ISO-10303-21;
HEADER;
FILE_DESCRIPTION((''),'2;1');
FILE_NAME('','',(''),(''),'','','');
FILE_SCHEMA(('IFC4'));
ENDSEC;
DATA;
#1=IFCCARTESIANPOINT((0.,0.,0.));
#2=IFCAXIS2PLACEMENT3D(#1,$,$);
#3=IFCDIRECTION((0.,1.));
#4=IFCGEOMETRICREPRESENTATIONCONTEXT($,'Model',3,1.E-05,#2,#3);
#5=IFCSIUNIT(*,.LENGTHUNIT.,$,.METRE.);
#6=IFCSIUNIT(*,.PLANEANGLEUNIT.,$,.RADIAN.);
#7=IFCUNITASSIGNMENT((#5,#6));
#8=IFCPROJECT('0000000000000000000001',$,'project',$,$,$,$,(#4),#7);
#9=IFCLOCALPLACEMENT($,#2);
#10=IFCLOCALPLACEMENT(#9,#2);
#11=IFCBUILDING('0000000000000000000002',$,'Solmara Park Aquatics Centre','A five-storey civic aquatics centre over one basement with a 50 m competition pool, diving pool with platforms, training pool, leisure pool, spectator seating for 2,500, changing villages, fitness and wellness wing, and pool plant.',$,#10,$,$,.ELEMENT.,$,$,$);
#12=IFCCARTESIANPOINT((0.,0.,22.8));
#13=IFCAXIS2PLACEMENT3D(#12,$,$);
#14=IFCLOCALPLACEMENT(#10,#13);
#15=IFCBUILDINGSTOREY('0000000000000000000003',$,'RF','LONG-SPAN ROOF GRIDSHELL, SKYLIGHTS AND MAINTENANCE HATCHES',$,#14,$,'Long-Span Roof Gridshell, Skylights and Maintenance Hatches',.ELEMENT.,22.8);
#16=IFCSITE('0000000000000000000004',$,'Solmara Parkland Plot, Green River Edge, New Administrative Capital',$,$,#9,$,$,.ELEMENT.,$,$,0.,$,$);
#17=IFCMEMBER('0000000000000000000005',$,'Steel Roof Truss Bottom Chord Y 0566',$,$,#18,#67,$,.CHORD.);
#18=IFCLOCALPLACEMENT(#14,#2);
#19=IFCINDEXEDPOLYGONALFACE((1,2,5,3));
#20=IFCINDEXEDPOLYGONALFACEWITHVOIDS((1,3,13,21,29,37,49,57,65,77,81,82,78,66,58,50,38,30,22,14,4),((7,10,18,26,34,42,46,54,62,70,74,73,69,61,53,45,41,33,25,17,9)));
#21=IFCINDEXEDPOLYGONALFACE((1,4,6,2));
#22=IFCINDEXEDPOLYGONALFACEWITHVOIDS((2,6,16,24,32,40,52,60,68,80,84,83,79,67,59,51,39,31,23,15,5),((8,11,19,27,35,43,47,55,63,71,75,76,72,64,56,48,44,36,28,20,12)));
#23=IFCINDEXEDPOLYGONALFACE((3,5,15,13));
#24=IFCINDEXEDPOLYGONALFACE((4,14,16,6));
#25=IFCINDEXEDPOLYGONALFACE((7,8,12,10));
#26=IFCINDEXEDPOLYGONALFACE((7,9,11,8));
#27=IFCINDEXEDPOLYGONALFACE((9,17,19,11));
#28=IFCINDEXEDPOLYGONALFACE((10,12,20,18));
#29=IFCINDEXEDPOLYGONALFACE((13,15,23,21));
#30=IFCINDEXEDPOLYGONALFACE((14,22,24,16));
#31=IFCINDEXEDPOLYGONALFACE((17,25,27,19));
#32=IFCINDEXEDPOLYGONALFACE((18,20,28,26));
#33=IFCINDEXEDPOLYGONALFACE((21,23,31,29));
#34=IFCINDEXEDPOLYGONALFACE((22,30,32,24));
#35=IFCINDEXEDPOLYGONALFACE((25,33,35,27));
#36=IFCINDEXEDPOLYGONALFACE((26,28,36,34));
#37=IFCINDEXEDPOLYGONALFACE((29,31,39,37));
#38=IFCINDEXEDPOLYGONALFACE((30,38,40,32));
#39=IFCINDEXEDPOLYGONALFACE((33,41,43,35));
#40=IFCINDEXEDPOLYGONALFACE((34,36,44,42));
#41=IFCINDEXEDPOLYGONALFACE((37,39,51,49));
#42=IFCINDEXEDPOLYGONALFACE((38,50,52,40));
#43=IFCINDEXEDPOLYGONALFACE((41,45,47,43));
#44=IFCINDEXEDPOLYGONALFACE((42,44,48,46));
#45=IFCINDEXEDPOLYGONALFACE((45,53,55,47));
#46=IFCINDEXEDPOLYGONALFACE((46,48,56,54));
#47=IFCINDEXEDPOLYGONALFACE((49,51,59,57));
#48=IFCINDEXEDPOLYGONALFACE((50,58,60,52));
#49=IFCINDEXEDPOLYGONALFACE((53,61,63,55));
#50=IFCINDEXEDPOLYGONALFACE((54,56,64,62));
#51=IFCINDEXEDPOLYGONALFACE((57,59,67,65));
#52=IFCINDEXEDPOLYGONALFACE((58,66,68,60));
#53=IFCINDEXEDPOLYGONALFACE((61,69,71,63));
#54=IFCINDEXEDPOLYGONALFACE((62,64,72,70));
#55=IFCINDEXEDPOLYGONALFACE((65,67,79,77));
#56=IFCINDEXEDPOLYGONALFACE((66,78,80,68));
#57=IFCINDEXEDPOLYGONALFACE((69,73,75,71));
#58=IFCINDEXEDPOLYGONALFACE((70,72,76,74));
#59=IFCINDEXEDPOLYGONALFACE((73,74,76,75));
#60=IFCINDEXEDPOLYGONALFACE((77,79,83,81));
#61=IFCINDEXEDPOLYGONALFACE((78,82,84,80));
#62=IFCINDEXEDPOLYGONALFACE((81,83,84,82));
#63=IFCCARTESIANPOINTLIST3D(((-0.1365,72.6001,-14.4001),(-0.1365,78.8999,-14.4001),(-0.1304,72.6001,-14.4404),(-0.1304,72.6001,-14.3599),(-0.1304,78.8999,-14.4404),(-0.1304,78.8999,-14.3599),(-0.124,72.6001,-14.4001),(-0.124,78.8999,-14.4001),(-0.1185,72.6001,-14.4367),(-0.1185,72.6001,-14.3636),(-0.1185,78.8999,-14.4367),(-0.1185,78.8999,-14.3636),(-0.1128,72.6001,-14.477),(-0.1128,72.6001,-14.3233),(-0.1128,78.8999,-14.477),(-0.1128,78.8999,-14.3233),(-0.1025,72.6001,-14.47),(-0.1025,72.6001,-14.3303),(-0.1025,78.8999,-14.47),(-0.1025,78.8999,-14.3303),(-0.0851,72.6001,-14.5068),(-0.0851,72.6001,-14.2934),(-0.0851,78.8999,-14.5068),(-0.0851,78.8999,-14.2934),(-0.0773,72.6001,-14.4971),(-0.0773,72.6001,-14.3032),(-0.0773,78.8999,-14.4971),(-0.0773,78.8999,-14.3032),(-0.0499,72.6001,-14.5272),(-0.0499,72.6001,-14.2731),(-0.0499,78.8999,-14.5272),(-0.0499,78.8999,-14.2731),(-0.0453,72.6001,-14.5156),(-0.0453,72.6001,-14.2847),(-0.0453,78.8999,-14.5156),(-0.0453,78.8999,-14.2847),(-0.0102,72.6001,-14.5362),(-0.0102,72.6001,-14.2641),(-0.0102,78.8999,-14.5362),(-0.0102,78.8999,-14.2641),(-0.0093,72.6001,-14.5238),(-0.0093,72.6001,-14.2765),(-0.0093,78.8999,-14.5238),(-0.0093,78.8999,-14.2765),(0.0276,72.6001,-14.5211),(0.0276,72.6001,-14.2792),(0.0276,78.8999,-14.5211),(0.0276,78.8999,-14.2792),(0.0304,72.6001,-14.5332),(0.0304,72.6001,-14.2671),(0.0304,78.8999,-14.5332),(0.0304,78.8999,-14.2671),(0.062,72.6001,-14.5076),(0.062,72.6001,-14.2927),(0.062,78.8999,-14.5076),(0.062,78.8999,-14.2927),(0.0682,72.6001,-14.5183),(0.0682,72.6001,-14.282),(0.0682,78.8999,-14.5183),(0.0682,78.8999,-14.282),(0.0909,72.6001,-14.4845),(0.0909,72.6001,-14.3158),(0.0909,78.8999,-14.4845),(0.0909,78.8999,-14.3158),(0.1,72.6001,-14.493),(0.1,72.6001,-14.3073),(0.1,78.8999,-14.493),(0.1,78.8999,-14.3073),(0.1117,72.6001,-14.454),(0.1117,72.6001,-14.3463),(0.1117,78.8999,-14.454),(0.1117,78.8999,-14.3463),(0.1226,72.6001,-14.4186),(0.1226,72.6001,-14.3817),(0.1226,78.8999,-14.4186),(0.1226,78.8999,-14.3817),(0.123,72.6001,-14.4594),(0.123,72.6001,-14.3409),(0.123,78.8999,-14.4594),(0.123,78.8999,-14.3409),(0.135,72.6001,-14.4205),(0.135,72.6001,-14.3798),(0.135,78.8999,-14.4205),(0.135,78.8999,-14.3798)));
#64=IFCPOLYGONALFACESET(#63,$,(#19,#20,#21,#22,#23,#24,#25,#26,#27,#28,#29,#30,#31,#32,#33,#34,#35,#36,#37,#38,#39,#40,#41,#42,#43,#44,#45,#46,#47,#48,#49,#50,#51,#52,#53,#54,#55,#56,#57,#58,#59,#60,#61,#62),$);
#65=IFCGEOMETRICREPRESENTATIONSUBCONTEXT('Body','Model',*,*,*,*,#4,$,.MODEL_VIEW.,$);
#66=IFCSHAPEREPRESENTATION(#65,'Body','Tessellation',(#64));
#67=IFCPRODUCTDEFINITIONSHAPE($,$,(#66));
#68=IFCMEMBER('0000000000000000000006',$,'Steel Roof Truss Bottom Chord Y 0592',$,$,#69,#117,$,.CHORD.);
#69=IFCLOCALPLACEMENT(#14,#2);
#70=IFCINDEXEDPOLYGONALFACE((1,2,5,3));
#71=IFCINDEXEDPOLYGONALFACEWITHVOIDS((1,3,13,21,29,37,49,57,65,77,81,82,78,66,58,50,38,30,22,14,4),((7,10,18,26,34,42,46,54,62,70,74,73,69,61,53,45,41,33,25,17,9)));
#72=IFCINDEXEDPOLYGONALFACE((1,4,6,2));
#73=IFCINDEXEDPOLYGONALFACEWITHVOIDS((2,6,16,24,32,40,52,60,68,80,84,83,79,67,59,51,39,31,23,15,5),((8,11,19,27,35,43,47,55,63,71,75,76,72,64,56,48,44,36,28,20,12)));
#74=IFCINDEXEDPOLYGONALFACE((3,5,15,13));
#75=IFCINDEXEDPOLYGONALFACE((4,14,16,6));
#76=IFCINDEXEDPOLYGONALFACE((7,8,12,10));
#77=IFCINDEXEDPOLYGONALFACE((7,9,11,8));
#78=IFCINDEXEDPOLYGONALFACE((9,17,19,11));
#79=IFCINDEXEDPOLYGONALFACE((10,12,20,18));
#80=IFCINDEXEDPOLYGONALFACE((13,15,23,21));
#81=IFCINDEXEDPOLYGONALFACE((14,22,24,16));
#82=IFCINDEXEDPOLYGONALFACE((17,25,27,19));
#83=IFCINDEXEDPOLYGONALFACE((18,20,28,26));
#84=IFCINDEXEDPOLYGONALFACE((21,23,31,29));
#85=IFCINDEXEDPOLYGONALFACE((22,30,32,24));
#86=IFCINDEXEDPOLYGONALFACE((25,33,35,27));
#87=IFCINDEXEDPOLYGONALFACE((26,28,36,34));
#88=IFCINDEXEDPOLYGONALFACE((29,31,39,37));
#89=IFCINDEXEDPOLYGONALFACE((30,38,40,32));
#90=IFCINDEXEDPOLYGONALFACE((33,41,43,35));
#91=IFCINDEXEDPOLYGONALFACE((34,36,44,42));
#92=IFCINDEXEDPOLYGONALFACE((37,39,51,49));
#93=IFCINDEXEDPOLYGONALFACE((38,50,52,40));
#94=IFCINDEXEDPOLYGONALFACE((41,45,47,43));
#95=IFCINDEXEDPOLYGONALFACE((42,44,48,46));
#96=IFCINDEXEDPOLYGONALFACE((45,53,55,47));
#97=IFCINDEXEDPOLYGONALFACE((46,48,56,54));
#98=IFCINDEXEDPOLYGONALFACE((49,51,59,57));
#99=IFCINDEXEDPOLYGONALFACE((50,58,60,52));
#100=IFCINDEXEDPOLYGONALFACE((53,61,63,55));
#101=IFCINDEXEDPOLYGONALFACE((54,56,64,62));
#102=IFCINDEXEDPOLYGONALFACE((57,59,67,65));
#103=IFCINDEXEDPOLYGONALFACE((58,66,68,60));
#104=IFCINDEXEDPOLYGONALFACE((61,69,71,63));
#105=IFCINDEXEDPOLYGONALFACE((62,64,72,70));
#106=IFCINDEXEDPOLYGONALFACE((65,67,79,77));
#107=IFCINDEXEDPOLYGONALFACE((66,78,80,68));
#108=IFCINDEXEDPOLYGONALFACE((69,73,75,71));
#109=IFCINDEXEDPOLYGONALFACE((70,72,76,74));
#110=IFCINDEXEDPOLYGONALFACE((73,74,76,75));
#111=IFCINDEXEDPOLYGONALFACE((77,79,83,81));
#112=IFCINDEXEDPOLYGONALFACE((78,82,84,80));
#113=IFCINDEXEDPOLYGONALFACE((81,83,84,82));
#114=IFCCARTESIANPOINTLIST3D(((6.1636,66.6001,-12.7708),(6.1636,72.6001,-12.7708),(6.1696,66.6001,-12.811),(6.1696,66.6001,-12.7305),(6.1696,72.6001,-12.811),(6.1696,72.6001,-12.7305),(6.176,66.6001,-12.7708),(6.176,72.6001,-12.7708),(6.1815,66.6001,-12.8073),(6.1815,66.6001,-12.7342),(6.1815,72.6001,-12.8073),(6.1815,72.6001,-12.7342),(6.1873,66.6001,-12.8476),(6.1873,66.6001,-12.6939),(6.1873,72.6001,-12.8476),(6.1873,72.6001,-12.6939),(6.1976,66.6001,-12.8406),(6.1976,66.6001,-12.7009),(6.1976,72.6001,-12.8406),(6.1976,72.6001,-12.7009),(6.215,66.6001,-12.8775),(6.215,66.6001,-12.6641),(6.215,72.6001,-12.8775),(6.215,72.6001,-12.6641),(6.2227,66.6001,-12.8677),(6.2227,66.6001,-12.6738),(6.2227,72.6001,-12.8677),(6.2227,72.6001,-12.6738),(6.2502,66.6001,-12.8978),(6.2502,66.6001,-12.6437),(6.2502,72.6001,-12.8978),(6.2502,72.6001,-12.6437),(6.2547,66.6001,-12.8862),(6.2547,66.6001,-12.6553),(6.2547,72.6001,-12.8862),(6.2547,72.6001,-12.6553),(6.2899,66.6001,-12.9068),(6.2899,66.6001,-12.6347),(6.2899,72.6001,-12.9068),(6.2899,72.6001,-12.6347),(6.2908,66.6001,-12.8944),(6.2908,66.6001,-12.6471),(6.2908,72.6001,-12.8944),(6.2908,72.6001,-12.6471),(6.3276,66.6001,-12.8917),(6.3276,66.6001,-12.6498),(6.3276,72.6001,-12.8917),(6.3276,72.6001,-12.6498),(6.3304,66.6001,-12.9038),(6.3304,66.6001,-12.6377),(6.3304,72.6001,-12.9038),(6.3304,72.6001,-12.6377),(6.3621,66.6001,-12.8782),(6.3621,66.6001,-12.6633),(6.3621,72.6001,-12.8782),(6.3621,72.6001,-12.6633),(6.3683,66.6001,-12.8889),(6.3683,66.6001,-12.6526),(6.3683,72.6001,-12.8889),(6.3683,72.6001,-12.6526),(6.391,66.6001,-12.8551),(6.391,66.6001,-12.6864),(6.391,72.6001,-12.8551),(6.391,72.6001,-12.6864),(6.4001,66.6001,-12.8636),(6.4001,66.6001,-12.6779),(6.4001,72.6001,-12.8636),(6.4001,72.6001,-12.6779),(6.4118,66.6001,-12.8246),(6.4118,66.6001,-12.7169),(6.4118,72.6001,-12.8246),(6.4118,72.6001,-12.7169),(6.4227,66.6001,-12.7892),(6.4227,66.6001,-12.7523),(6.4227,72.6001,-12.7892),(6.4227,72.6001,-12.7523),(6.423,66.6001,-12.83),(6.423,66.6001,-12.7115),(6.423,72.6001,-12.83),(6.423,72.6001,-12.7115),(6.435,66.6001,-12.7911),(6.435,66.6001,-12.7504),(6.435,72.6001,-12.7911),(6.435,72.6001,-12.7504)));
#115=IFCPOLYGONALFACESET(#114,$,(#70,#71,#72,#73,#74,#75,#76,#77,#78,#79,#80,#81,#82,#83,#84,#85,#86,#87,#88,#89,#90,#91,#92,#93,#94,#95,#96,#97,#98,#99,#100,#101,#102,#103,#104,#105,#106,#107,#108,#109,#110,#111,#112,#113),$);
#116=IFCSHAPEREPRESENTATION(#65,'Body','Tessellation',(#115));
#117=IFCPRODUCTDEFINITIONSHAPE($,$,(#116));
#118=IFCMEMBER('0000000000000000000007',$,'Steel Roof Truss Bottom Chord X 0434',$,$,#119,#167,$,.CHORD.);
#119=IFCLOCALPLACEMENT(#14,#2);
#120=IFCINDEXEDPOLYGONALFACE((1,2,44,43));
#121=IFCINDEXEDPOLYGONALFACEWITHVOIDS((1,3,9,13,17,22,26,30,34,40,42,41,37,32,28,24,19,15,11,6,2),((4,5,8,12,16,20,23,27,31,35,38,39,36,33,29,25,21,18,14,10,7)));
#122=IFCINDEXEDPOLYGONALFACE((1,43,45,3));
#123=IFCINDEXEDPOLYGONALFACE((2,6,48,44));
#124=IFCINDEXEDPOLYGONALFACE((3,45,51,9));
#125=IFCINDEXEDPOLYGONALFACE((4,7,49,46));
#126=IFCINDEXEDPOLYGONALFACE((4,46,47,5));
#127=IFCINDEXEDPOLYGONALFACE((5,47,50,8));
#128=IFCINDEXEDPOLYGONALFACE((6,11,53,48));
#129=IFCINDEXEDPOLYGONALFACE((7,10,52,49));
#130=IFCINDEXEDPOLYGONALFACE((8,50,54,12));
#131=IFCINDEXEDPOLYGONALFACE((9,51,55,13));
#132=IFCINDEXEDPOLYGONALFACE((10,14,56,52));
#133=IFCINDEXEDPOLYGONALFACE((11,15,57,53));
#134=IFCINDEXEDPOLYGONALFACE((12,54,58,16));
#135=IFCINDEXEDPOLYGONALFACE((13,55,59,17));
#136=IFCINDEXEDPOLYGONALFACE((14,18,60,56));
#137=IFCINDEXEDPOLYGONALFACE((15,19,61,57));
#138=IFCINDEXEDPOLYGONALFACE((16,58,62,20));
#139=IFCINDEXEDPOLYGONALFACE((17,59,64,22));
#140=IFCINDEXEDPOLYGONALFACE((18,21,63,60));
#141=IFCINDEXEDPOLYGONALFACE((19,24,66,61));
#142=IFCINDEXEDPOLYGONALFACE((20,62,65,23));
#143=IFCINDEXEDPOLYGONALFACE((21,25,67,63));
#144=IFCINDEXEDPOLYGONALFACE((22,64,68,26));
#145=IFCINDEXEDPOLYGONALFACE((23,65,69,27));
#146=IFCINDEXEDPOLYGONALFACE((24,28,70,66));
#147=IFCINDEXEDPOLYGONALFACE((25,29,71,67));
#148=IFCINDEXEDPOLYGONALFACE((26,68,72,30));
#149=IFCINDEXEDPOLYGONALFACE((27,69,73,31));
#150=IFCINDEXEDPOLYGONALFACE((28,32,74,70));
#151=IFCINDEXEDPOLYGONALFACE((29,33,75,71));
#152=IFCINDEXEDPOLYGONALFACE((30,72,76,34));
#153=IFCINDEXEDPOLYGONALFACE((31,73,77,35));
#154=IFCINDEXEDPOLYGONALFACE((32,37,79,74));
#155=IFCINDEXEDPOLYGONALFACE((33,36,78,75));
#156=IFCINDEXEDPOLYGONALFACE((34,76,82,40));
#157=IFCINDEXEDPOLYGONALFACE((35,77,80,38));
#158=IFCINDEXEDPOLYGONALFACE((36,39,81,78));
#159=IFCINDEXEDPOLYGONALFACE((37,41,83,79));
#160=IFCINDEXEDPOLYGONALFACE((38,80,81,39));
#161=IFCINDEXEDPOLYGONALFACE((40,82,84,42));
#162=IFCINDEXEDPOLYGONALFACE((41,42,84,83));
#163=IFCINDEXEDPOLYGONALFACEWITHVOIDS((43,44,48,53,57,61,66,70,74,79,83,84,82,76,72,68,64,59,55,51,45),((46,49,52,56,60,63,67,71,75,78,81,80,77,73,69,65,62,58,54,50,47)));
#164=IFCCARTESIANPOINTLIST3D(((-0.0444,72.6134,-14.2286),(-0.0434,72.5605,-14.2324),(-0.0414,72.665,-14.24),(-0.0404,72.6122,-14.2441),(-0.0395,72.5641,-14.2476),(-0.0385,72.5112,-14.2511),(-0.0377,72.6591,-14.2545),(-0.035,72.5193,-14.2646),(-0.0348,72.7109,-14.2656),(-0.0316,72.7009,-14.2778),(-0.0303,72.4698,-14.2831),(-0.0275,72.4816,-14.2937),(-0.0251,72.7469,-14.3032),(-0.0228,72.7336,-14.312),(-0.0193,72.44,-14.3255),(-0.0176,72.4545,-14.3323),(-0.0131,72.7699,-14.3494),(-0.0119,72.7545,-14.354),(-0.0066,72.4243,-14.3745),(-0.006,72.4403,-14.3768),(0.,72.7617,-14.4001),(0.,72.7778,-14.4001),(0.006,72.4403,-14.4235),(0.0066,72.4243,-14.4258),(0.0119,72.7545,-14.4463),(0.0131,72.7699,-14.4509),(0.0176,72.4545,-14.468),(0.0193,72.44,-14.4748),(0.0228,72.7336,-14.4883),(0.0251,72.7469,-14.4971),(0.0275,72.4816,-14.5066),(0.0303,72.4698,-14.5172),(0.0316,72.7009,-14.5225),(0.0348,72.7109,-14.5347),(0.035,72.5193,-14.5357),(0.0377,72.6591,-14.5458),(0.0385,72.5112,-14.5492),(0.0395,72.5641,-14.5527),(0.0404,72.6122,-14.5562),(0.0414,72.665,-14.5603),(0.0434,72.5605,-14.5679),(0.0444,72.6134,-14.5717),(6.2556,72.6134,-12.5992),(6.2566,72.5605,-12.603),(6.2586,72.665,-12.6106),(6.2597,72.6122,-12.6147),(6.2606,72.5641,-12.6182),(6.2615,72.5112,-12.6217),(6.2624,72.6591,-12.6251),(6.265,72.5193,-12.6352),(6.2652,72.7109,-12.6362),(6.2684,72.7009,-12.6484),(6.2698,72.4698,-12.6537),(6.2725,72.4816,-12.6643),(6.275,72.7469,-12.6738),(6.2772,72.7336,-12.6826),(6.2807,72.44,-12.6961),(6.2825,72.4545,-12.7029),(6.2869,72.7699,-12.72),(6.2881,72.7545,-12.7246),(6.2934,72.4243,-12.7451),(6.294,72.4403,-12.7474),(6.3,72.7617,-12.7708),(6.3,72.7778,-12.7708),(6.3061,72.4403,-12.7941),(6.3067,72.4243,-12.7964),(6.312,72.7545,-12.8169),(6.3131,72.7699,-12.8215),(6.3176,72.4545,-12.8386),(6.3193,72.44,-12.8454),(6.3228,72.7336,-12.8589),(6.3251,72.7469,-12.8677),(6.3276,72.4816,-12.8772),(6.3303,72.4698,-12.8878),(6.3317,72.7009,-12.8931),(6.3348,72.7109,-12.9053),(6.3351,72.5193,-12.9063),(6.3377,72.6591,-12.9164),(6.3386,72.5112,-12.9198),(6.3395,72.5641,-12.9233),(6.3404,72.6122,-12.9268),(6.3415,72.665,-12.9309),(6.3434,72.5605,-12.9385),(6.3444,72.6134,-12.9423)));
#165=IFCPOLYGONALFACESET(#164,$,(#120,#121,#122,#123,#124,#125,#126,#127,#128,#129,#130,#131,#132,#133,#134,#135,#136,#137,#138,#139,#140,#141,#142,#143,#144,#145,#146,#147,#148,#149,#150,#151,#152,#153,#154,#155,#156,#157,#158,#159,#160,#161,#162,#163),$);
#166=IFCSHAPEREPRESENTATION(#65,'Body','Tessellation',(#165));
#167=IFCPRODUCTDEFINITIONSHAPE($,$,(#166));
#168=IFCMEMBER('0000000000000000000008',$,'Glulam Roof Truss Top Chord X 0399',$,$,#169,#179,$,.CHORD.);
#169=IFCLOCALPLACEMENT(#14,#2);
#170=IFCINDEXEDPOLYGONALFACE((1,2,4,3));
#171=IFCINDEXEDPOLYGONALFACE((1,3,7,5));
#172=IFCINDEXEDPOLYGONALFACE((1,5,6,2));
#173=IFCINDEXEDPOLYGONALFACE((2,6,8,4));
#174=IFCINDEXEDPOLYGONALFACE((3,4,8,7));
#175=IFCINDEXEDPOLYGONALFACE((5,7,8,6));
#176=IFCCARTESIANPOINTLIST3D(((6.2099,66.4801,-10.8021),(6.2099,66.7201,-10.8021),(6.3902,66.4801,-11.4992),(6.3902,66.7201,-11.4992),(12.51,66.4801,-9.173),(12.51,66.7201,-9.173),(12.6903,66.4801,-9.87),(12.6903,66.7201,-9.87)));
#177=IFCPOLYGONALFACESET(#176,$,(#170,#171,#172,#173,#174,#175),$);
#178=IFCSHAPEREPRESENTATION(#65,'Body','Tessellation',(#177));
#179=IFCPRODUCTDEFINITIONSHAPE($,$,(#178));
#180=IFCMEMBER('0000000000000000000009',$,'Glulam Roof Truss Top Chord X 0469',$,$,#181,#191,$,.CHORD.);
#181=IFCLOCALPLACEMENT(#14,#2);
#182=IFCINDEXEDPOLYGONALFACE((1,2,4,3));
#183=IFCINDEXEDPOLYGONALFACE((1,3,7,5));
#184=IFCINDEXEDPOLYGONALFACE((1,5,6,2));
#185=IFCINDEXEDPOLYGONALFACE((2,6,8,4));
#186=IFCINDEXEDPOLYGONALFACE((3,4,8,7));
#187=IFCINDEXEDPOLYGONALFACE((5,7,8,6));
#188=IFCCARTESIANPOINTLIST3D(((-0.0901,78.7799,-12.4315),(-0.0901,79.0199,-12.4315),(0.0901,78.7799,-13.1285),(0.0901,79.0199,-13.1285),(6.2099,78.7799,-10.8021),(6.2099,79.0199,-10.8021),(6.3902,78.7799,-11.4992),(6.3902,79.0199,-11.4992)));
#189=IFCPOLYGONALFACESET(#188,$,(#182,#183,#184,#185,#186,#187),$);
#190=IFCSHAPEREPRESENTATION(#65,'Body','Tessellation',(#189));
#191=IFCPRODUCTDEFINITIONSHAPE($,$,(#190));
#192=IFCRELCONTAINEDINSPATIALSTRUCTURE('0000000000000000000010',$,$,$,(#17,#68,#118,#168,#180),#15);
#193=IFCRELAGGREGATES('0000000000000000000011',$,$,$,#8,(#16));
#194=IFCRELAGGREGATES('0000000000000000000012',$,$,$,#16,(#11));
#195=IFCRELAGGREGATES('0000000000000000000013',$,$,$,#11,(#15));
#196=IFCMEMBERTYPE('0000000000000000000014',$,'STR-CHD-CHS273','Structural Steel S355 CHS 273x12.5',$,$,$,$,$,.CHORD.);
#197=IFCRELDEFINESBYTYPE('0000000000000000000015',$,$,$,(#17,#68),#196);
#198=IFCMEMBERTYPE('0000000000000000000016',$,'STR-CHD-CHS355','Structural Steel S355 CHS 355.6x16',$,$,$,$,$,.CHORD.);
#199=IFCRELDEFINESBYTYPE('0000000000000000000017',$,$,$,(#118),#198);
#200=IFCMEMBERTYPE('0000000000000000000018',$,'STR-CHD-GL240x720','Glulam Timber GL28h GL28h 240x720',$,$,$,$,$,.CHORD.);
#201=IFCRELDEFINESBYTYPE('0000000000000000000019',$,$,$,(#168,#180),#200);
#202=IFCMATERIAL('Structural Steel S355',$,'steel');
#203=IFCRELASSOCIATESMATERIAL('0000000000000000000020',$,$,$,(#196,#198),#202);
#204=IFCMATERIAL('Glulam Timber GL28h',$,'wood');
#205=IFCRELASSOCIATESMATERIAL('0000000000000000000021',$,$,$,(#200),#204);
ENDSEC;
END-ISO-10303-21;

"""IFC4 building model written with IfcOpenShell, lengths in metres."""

from ifc_helpers import new_model, si_unit, direction, frame, origin, origin_2d, place, context, subcontext, project, spatial, rectangle, hollow_circle, extrude, material, material_profile, profile_set, type_object, element, save


model = new_model("IFC4")

# Units and contexts
model_context = context("Model", 3, precision=1e-05, world=origin(), true_north=direction((0.0, 1.0)))
body_context = subcontext(model_context, "Body", "Model", "MODEL_VIEW")
ifc_project = project(units=[si_unit("LENGTHUNIT", "METRE"), si_unit("PLANEANGLEUNIT", "RADIAN")], contexts=[model_context])

# Site, building, storey
site_placement = place(None, origin())
site = spatial("IfcSite", under=ifc_project, at=site_placement, Name="Solmara Parkland Plot, Green River Edge, New Administrative Capital", CompositionType="ELEMENT", RefElevation=0.0)
building_placement = place(site_placement, origin())
building = spatial("IfcBuilding", under=site, at=building_placement, Name="Solmara Park Aquatics Centre", Description="A five-storey civic aquatics centre over one basement with a 50 m competition pool, diving pool with platforms, training pool, leisure pool, spectator seating for 2,500, changing villages, fitness and wellness wing, and pool plant.", CompositionType="ELEMENT")
storey_placement = place(building_placement, frame((0.0, 0.0, 22.8)))
storey = spatial("IfcBuildingStorey", under=building, at=storey_placement, Name="RF", Description="LONG-SPAN ROOF GRIDSHELL, SKYLIGHTS AND MAINTENANCE HATCHES", LongName="Long-Span Roof Gridshell, Skylights and Maintenance Hatches", CompositionType="ELEMENT", Elevation=22.8)

# Members
ifc_material_1 = material(Name="Structural Steel S355", Category="steel")
ifc_material_profile_1 = material_profile(ifc_material_1, hollow_circle(Radius=0.1365, WallThickness=0.0125, at=origin_2d()), Name="CHS 273x12.5")
ifc_profile_set_1 = profile_set([ifc_material_profile_1], Name="Structural Steel S355")
member_type_1 = type_object("IfcMemberType", Name="STR-CHD-CHS273", Description="Structural Steel S355 CHS 273x12.5", PredefinedType="CHORD", material=ifc_profile_set_1)
member_1_placement = place(storey_placement, frame((0.0, 72.6001, -14.4001), z_axis=(0.0, 1.0, 0.0), x_axis=(-1.0, 0.0, 0.0)))
element("IfcMember", 1, at=member_1_placement, inside=storey, type_object=member_type_1, Name="Steel Roof Truss Bottom Chord Y 0566", PredefinedType="CHORD", context=body_context, shape_type="SweptSolid", body=[
    extrude(hollow_circle(Radius=0.1365, WallThickness=0.0125, at=origin_2d()), origin(), (0.0, 0.0, 1.0), 6.2998),
])
member_2_placement = place(storey_placement, frame((6.3, 66.6001, -12.7708), z_axis=(0.0, 1.0, 0.0), x_axis=(-1.0, 0.0, 0.0)))
element("IfcMember", 2, at=member_2_placement, inside=storey, type_object=member_type_1, Name="Steel Roof Truss Bottom Chord Y 0592", PredefinedType="CHORD", context=body_context, shape_type="SweptSolid", body=[
    extrude(hollow_circle(Radius=0.1365, WallThickness=0.0125, at=origin_2d()), origin(), (0.0, 0.0, 1.0), 6.0),
])
ifc_material_profile_2 = material_profile(ifc_material_1, hollow_circle(Radius=0.1777, WallThickness=0.0161, at=origin_2d()), Name="CHS 355.6x16")
ifc_profile_set_2 = profile_set([ifc_material_profile_2], Name="Structural Steel S355")
member_type_2 = type_object("IfcMemberType", Name="STR-CHD-CHS355", Description="Structural Steel S355 CHS 355.6x16", PredefinedType="CHORD", material=ifc_profile_set_2)
member_3_placement = place(storey_placement, frame((0.0, 72.6001, -14.4001), z_axis=(0.968144, 0.0, 0.250393), x_axis=(0.0, 1.0, 0.0)))
element("IfcMember", 3, at=member_3_placement, inside=storey, type_object=member_type_2, Name="Steel Roof Truss Bottom Chord X 0434", PredefinedType="CHORD", context=body_context, shape_type="SweptSolid", body=[
    extrude(hollow_circle(Radius=0.1777, WallThickness=0.0161, at=origin_2d()), origin(), (0.0, 0.0, 1.0), 6.5073),
])
ifc_material_2 = material(Name="Glulam Timber GL28h", Category="wood")
ifc_material_profile_3 = material_profile(ifc_material_2, rectangle(XDim=0.24, YDim=0.72, at=origin_2d()), Name="GL28h 240x720")
ifc_profile_set_3 = profile_set([ifc_material_profile_3], Name="Glulam Timber GL28h")
member_type_3 = type_object("IfcMemberType", Name="STR-CHD-GL240x720", Description="Glulam Timber GL28h GL28h 240x720", PredefinedType="CHORD", material=ifc_profile_set_3)
for number, where, z_axis, x_axis, name in (
    (4, (6.3, 66.6001, -11.1506), (0.968153, 0.0, 0.250358), (0.0, 1.0, 0.0), "Glulam Roof Truss Top Chord X 0399"),
    (5, (0.0, 78.8999, -12.78), (0.968144, 0.0, 0.250393), (0.0, 1.0, 0.0), "Glulam Roof Truss Top Chord X 0469"),
):
    element("IfcMember", number, at=place(storey_placement, frame(where, z_axis=z_axis, x_axis=x_axis)), inside=storey, type_object=member_type_3, Name=name, PredefinedType="CHORD", context=body_context, shape_type="SweptSolid", body=[
        extrude(rectangle(XDim=0.24, YDim=0.72, at=origin_2d()), origin(), (0.0, 0.0, 1.0), 6.5073),
    ])

save(model, "model.ifc")
